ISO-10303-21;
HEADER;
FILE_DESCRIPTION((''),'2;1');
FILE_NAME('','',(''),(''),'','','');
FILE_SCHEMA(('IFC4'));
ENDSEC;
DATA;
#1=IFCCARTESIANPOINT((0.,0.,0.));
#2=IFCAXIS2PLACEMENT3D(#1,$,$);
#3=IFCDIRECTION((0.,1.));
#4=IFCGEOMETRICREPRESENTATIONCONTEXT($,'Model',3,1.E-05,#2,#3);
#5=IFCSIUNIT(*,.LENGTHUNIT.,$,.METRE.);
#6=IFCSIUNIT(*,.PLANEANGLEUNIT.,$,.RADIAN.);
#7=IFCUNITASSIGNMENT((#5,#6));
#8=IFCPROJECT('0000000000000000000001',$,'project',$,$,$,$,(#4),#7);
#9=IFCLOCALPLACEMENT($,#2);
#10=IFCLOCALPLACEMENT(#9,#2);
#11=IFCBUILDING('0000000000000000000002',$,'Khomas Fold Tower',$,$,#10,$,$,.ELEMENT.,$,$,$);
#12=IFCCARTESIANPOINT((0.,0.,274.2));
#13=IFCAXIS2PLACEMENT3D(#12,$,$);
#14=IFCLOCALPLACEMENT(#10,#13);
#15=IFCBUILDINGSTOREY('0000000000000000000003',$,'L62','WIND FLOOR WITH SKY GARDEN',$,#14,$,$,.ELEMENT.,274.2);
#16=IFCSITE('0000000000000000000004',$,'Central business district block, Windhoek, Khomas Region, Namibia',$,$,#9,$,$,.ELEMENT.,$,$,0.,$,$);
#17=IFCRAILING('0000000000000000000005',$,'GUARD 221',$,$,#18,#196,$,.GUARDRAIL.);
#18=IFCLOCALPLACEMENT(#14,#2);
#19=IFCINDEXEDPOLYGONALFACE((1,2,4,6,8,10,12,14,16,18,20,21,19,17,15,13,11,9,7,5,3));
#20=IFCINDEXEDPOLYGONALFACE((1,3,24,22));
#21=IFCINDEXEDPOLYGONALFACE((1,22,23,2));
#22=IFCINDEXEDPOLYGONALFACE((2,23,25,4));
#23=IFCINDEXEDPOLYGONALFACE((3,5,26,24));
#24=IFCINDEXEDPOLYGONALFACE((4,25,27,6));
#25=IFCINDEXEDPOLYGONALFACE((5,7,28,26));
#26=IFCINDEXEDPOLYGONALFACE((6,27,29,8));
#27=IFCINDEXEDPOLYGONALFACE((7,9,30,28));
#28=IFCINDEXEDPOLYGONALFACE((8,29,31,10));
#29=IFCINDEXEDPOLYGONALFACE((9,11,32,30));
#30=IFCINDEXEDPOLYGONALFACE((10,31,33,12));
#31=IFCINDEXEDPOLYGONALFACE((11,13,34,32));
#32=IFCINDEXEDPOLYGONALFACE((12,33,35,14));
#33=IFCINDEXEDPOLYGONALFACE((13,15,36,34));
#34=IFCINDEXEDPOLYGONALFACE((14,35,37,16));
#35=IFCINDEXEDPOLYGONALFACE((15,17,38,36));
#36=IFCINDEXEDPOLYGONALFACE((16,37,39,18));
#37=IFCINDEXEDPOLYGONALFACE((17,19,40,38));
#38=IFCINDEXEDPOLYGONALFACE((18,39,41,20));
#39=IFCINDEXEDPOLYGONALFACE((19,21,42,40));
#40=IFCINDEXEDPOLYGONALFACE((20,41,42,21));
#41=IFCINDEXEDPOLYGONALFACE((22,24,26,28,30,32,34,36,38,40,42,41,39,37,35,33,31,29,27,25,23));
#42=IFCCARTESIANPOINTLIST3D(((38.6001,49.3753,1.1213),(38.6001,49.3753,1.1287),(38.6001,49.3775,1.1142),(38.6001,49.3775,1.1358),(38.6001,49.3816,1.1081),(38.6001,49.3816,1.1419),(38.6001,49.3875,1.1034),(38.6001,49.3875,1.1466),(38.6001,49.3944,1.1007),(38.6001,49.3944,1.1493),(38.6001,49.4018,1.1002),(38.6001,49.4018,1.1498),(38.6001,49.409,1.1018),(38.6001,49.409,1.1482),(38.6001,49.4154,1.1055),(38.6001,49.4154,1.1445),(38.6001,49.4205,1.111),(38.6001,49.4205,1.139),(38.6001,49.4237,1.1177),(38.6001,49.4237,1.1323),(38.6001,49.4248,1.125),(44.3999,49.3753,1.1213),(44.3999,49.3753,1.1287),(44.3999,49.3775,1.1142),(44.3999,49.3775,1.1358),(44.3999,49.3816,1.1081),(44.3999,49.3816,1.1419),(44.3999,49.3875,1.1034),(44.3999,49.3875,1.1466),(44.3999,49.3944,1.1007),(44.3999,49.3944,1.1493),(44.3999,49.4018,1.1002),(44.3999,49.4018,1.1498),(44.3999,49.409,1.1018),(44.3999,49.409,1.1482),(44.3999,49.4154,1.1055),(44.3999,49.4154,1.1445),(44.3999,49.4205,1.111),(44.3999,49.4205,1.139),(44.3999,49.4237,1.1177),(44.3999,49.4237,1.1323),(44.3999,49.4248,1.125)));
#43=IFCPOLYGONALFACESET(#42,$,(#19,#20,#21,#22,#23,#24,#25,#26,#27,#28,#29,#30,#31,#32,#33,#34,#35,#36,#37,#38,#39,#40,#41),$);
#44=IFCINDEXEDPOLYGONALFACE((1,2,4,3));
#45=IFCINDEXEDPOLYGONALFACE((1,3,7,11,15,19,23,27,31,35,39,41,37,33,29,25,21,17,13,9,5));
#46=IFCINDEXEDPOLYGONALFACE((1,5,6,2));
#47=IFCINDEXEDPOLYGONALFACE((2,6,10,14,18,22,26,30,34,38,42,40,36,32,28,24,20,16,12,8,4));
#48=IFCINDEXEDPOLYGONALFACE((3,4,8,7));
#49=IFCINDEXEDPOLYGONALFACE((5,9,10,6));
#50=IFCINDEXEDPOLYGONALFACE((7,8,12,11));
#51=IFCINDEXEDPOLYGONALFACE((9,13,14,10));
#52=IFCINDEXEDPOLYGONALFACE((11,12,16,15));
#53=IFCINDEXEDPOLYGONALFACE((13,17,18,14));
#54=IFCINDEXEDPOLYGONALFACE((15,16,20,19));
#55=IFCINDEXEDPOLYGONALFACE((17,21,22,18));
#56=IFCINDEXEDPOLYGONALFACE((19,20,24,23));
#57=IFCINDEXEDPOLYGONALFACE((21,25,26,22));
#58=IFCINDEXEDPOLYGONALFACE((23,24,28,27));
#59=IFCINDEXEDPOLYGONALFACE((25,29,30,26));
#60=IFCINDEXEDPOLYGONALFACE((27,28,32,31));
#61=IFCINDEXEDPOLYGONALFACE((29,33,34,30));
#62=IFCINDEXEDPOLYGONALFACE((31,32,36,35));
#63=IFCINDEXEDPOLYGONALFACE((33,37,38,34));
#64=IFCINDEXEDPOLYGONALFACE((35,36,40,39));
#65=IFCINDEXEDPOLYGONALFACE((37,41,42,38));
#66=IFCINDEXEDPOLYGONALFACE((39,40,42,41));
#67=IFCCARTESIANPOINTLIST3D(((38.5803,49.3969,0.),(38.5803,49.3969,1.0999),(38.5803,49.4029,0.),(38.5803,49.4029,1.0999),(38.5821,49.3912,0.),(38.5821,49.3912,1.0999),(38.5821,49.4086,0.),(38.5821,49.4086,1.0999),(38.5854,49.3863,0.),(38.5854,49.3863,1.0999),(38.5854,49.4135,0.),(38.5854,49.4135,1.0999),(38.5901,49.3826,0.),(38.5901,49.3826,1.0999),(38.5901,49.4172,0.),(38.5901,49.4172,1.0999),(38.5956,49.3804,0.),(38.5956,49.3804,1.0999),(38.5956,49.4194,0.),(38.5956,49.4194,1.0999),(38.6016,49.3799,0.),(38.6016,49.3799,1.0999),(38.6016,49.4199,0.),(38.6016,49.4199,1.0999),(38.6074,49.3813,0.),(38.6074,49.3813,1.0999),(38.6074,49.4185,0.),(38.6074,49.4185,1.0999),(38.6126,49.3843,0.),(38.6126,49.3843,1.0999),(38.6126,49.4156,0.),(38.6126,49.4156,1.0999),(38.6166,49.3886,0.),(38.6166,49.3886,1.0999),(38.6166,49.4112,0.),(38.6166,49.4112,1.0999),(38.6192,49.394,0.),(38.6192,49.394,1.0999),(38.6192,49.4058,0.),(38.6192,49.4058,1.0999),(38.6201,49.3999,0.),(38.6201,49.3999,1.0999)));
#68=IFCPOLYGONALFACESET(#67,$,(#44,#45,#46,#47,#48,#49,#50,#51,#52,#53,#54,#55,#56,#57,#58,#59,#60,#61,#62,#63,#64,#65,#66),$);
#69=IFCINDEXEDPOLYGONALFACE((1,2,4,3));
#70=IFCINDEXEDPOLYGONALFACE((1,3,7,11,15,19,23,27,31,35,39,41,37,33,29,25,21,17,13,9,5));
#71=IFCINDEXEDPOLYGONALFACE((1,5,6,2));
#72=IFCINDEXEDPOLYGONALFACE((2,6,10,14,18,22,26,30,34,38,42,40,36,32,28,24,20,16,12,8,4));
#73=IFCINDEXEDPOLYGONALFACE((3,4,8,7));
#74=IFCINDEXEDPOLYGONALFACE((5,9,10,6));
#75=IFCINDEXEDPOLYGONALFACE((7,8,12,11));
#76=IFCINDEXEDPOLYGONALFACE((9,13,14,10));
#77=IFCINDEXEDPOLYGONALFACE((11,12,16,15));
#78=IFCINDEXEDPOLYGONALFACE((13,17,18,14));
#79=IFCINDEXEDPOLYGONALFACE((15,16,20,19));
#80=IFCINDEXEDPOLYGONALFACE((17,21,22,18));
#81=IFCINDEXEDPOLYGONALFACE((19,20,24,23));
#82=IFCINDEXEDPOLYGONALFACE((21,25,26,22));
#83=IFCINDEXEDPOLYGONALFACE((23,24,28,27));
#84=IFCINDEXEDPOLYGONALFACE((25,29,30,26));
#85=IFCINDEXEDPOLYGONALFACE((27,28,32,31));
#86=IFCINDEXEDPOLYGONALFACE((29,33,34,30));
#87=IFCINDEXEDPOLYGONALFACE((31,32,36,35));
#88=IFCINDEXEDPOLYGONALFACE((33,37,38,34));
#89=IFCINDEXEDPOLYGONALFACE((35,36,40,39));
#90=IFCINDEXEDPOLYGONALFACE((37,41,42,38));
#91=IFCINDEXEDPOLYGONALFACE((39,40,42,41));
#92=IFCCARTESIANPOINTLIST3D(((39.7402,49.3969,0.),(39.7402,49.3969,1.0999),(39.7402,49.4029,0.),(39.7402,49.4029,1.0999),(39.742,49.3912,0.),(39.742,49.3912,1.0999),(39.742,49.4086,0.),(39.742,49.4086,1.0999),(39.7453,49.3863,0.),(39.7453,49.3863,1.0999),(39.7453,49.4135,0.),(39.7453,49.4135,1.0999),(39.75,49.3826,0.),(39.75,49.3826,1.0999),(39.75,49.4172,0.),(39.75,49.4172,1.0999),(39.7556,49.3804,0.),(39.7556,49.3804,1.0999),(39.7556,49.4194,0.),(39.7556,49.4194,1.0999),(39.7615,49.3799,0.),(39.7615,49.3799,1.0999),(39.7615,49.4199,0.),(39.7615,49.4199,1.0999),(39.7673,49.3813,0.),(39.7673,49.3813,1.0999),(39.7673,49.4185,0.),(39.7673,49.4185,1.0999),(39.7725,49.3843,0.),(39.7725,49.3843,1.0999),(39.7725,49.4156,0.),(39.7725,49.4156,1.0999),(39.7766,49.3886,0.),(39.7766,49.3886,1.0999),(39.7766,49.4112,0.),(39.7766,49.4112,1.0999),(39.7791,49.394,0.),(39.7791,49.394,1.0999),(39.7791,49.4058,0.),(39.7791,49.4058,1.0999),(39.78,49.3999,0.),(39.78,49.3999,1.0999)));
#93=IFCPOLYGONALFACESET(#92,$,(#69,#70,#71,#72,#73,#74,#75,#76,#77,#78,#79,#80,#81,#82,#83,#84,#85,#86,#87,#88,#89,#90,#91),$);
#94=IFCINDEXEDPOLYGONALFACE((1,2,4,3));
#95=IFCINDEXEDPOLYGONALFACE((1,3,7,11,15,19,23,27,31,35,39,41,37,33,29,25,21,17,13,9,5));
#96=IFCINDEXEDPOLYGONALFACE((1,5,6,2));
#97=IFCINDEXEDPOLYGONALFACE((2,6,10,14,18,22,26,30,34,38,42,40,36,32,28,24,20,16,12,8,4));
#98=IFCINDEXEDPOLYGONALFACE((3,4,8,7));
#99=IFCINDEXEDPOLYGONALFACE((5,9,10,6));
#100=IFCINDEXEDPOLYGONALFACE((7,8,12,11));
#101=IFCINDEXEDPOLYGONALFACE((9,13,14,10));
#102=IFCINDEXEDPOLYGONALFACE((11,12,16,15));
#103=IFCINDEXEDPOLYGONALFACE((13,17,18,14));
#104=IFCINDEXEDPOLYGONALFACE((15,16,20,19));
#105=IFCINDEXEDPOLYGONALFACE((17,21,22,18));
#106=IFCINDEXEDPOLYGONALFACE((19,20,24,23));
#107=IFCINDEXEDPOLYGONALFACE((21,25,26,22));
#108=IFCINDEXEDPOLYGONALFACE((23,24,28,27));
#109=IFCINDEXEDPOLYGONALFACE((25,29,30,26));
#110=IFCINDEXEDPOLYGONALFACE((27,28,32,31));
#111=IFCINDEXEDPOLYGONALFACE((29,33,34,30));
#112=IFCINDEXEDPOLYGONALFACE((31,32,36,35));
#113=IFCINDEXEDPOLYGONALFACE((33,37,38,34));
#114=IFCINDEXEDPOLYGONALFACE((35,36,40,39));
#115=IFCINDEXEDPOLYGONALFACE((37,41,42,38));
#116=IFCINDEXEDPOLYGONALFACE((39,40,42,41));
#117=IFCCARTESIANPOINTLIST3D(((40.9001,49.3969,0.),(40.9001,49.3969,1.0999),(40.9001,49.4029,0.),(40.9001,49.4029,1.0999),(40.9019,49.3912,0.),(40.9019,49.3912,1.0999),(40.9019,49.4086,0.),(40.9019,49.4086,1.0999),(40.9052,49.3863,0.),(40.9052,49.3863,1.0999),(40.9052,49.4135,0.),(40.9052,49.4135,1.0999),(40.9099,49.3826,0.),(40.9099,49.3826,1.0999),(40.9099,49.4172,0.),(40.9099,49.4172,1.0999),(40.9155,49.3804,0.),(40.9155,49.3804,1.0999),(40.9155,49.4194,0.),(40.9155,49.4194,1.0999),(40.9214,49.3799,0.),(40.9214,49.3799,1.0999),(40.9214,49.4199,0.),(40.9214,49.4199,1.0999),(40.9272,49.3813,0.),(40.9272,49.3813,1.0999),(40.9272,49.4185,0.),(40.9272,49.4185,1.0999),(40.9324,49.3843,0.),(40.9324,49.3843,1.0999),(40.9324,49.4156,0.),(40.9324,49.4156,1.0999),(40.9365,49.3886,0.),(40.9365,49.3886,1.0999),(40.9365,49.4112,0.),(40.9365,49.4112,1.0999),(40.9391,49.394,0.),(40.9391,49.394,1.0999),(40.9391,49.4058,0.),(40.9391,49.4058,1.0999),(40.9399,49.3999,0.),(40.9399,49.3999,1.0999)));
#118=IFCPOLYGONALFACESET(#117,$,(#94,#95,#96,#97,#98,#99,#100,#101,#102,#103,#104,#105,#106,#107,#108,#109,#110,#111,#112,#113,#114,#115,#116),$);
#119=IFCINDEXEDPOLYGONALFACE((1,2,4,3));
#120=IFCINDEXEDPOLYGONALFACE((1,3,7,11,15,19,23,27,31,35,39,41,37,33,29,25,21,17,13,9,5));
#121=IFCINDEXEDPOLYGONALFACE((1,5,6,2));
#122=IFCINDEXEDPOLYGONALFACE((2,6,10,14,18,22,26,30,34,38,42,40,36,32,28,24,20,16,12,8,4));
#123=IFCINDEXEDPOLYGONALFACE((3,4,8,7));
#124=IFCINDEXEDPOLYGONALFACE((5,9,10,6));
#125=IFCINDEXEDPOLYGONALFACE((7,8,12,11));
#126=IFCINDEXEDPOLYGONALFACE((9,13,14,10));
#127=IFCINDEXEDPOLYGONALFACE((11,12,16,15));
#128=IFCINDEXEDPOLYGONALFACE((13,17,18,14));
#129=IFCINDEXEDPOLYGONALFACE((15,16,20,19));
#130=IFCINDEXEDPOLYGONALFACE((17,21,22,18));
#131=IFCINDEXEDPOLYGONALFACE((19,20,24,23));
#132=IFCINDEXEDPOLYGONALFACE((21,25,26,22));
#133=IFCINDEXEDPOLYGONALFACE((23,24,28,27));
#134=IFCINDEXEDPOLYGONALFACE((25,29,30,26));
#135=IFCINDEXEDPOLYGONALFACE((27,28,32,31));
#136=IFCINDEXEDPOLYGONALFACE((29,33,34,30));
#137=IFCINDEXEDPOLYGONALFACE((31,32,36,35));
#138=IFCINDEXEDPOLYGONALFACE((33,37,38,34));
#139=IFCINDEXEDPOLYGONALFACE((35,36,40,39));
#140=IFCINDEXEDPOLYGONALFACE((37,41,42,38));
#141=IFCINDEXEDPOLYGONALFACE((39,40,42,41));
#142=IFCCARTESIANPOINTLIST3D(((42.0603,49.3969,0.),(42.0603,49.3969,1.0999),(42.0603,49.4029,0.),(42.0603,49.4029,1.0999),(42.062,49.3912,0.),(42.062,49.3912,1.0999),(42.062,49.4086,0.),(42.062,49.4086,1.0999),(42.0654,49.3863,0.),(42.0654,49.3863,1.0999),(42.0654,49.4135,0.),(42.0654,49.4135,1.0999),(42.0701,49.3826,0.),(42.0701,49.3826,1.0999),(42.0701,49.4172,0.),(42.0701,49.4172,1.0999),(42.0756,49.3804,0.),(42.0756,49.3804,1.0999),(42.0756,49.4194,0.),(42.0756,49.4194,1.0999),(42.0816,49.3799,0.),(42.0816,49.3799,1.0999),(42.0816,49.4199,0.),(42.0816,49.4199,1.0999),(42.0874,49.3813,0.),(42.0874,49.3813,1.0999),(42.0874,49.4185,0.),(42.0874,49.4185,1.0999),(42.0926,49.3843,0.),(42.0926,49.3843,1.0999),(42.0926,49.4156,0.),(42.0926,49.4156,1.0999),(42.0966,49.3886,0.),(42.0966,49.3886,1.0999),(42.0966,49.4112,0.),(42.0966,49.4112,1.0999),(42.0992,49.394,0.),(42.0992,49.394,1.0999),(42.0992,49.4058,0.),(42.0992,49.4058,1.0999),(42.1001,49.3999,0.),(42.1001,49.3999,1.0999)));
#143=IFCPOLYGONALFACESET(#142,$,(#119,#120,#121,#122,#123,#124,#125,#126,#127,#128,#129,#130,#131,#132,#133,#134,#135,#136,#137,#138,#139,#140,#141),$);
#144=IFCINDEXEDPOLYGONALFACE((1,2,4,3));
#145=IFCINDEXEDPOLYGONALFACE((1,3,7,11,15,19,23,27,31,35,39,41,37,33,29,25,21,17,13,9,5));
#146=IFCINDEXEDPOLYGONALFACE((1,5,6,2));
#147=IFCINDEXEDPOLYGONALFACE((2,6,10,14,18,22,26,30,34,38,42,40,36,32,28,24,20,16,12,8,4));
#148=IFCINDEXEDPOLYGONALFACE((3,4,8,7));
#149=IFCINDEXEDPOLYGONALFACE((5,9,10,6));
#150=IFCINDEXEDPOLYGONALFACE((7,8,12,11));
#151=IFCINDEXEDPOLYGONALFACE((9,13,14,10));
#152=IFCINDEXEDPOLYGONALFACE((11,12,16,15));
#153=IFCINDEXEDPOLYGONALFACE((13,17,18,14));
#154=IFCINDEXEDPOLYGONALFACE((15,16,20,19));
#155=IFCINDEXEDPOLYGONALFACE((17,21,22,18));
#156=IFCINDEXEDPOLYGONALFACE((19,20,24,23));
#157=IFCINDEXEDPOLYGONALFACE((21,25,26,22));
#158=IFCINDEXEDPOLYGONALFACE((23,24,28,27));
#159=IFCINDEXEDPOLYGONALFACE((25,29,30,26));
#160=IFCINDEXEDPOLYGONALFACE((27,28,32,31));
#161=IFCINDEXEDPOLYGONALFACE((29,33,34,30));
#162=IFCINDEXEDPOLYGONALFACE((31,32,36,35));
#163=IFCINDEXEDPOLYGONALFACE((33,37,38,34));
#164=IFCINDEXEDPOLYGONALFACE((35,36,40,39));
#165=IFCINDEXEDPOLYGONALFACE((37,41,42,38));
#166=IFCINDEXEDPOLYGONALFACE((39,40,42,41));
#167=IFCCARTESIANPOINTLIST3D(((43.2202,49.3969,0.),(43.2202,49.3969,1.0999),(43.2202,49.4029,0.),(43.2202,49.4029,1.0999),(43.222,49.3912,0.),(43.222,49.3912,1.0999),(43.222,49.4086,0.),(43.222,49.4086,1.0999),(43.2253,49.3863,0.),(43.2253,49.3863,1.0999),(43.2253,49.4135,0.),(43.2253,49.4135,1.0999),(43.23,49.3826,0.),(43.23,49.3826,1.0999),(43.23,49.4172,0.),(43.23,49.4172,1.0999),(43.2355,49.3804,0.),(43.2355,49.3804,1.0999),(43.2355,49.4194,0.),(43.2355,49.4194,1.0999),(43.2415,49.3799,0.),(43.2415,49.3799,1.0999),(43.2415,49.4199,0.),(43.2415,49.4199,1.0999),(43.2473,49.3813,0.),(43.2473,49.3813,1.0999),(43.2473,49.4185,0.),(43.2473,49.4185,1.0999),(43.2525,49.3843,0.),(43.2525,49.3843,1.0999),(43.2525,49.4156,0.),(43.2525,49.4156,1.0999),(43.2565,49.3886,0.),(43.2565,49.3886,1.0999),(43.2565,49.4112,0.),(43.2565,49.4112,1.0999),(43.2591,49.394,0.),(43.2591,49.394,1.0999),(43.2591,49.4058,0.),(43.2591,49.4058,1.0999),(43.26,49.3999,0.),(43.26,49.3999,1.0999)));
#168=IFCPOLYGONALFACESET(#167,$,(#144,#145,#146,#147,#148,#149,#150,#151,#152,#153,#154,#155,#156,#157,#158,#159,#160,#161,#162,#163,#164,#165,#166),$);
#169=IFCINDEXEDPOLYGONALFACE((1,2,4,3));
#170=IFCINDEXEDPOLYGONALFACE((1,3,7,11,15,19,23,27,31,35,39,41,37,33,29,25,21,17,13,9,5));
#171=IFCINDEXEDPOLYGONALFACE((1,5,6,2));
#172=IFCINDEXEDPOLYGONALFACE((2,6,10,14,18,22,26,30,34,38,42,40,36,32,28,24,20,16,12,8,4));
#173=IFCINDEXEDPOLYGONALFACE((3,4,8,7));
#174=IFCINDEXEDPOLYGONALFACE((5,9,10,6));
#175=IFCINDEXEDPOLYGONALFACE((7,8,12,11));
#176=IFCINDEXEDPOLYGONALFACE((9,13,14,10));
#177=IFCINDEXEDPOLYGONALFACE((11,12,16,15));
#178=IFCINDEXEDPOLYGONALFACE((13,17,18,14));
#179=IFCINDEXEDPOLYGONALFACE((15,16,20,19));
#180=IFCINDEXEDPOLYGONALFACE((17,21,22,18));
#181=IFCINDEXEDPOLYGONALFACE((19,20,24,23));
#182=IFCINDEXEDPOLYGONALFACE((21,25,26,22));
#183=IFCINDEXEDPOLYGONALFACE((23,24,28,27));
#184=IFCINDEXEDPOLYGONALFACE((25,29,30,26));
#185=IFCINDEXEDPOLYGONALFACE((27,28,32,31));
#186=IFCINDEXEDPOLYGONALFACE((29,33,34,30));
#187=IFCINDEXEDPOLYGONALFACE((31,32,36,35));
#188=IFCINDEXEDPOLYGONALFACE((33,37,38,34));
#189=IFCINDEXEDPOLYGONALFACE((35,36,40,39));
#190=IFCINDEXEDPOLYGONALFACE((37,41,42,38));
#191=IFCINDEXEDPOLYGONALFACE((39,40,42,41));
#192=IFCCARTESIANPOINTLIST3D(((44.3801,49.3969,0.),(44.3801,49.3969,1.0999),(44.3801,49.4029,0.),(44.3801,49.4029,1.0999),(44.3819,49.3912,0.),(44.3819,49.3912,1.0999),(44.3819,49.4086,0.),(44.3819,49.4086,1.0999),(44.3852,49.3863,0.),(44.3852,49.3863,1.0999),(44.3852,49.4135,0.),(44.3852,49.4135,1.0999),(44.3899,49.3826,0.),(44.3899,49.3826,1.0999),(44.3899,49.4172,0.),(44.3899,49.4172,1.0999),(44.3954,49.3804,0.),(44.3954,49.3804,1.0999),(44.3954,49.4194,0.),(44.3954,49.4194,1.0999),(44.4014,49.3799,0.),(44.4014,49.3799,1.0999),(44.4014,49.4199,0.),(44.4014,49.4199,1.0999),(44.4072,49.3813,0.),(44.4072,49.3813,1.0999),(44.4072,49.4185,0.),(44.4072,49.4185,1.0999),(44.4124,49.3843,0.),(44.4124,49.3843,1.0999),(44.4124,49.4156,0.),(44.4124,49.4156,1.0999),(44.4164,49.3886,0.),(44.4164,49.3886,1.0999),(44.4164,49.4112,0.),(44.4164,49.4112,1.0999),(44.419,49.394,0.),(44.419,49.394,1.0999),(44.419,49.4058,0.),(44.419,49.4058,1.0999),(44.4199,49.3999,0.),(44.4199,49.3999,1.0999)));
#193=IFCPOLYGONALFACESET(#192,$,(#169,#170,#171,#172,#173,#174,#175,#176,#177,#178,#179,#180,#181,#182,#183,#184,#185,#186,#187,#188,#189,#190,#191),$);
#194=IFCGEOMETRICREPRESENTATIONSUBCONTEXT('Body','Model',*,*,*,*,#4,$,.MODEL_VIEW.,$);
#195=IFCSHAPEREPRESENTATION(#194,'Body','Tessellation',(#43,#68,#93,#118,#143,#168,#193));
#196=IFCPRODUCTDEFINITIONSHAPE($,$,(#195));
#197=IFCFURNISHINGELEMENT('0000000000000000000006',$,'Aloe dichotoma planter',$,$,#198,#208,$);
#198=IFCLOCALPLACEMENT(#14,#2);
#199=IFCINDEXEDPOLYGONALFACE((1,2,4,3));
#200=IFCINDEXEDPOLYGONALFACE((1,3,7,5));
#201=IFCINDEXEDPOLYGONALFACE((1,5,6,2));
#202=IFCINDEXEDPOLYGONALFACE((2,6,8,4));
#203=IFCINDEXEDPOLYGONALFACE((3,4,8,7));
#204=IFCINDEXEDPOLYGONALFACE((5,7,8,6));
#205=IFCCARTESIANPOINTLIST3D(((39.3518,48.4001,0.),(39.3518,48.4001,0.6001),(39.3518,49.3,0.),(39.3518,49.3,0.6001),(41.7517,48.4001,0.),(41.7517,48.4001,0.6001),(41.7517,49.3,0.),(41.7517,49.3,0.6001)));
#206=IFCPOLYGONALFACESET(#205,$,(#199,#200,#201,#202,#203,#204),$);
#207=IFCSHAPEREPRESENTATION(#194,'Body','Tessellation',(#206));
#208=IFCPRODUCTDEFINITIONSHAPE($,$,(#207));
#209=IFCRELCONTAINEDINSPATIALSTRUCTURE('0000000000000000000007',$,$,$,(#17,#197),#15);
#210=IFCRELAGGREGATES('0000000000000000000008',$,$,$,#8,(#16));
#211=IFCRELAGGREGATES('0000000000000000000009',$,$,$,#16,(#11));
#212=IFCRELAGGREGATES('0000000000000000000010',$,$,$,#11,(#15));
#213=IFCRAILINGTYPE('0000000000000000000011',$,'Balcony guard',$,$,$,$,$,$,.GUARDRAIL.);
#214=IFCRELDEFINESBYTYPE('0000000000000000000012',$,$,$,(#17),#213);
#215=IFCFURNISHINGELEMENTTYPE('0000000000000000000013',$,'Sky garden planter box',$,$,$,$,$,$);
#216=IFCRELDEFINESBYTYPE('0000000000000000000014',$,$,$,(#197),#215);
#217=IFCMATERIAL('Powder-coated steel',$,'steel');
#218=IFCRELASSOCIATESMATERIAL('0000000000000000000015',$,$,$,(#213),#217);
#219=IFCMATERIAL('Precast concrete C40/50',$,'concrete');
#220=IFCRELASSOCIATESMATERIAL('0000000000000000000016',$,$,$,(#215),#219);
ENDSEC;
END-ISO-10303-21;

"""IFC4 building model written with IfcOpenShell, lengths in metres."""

from ifc_helpers import new_model, si_unit, direction, frame, origin, origin_2d, place, context, subcontext, project, spatial, rectangle, circle, extrude, source, transform, mapped, material, type_object, element, save


model = new_model("IFC4")

# Units and contexts
model_context = context("Model", 3, precision=1e-05, world=origin(), true_north=direction((0.0, 1.0)))
body_context = subcontext(model_context, "Body", "Model", "MODEL_VIEW")
ifc_project = project(units=[si_unit("LENGTHUNIT", "METRE"), si_unit("PLANEANGLEUNIT", "RADIAN")], contexts=[model_context])

# Site, building, storey
site_placement = place(None, origin())
site = spatial("IfcSite", under=ifc_project, at=site_placement, Name="Central business district block, Windhoek, Khomas Region, Namibia", CompositionType="ELEMENT", RefElevation=0.0)
building_placement = place(site_placement, origin())
building = spatial("IfcBuilding", under=site, at=building_placement, Name="Khomas Fold Tower", CompositionType="ELEMENT")
storey_placement = place(building_placement, frame((0.0, 0.0, 274.2)))
storey = spatial("IfcBuildingStorey", under=building, at=storey_placement, Name="L62", Description="WIND FLOOR WITH SKY GARDEN", CompositionType="ELEMENT", Elevation=274.2)

# Railing
ifc_material_1 = material(Name="Powder-coated steel", Category="steel")
railing_type = type_object("IfcRailingType", Name="Balcony guard", PredefinedType="GUARDRAIL", material=ifc_material_1)
shared_shape_1 = source(origin(), body_context, "Body", "SweptSolid", [
    extrude(circle(Radius=0.0249, at=origin_2d()), frame((0.0, 0.0, 1.125), z_axis=(1.0, 0.0, 0.0), x_axis=(0.0, 1.0, 0.0)), (0.0, 0.0, 1.0), 5.7998),
    extrude(circle(Radius=0.02, at=origin_2d()), origin(), (0.0, 0.0, 1.0), 1.0999),
    extrude(circle(Radius=0.02, at=origin_2d()), frame((1.1599, 0.0, 0.0)), (0.0, 0.0, 1.0), 1.0999),
    extrude(circle(Radius=0.02, at=origin_2d()), frame((2.3198, 0.0, 0.0)), (0.0, 0.0, 1.0), 1.0999),
    extrude(circle(Radius=0.02, at=origin_2d()), frame((3.48, 0.0, 0.0)), (0.0, 0.0, 1.0), 1.0999),
    extrude(circle(Radius=0.02, at=origin_2d()), frame((4.6399, 0.0, 0.0)), (0.0, 0.0, 1.0), 1.0999),
    extrude(circle(Radius=0.02, at=origin_2d()), frame((5.7998, 0.0, 0.0)), (0.0, 0.0, 1.0), 1.0999),
])
railing_placement = place(storey_placement, frame((38.6001, 49.3999, 0.0)))
element("IfcRailing", 1, at=railing_placement, inside=storey, type_object=railing_type, Name="GUARD 221", PredefinedType="GUARDRAIL", context=body_context, shape_type="MappedRepresentation", body=[
    mapped(shared_shape_1, transform((0.0, 0.0, 0.0))),
])

# Furnishing element
ifc_material_2 = material(Name="Precast concrete C40/50", Category="concrete")
furnishing_element_type_1 = type_object("IfcFurnishingElementType", Name="Sky garden planter box", material=ifc_material_2)
shared_shape_2 = source(origin(), body_context, "Body", "SweptSolid", [
    extrude(rectangle(XDim=2.3999, YDim=0.8999, at=origin_2d()), origin(), (0.0, 0.0, 1.0), 0.6001),
])
furnishing_1_placement = place(storey_placement, frame((40.5518, 48.8501, 0.0), z_axis=(0.0, 0.0, 1.0), x_axis=(1.0, 0.0, 0.0)))
element("IfcFurnishingElement", 2, at=furnishing_1_placement, inside=storey, type_object=furnishing_element_type_1, Name="Aloe dichotoma planter", context=body_context, shape_type="MappedRepresentation", body=[
    mapped(shared_shape_2, transform((0.0, 0.0, 0.0))),
])

save(model, "model.ifc")
